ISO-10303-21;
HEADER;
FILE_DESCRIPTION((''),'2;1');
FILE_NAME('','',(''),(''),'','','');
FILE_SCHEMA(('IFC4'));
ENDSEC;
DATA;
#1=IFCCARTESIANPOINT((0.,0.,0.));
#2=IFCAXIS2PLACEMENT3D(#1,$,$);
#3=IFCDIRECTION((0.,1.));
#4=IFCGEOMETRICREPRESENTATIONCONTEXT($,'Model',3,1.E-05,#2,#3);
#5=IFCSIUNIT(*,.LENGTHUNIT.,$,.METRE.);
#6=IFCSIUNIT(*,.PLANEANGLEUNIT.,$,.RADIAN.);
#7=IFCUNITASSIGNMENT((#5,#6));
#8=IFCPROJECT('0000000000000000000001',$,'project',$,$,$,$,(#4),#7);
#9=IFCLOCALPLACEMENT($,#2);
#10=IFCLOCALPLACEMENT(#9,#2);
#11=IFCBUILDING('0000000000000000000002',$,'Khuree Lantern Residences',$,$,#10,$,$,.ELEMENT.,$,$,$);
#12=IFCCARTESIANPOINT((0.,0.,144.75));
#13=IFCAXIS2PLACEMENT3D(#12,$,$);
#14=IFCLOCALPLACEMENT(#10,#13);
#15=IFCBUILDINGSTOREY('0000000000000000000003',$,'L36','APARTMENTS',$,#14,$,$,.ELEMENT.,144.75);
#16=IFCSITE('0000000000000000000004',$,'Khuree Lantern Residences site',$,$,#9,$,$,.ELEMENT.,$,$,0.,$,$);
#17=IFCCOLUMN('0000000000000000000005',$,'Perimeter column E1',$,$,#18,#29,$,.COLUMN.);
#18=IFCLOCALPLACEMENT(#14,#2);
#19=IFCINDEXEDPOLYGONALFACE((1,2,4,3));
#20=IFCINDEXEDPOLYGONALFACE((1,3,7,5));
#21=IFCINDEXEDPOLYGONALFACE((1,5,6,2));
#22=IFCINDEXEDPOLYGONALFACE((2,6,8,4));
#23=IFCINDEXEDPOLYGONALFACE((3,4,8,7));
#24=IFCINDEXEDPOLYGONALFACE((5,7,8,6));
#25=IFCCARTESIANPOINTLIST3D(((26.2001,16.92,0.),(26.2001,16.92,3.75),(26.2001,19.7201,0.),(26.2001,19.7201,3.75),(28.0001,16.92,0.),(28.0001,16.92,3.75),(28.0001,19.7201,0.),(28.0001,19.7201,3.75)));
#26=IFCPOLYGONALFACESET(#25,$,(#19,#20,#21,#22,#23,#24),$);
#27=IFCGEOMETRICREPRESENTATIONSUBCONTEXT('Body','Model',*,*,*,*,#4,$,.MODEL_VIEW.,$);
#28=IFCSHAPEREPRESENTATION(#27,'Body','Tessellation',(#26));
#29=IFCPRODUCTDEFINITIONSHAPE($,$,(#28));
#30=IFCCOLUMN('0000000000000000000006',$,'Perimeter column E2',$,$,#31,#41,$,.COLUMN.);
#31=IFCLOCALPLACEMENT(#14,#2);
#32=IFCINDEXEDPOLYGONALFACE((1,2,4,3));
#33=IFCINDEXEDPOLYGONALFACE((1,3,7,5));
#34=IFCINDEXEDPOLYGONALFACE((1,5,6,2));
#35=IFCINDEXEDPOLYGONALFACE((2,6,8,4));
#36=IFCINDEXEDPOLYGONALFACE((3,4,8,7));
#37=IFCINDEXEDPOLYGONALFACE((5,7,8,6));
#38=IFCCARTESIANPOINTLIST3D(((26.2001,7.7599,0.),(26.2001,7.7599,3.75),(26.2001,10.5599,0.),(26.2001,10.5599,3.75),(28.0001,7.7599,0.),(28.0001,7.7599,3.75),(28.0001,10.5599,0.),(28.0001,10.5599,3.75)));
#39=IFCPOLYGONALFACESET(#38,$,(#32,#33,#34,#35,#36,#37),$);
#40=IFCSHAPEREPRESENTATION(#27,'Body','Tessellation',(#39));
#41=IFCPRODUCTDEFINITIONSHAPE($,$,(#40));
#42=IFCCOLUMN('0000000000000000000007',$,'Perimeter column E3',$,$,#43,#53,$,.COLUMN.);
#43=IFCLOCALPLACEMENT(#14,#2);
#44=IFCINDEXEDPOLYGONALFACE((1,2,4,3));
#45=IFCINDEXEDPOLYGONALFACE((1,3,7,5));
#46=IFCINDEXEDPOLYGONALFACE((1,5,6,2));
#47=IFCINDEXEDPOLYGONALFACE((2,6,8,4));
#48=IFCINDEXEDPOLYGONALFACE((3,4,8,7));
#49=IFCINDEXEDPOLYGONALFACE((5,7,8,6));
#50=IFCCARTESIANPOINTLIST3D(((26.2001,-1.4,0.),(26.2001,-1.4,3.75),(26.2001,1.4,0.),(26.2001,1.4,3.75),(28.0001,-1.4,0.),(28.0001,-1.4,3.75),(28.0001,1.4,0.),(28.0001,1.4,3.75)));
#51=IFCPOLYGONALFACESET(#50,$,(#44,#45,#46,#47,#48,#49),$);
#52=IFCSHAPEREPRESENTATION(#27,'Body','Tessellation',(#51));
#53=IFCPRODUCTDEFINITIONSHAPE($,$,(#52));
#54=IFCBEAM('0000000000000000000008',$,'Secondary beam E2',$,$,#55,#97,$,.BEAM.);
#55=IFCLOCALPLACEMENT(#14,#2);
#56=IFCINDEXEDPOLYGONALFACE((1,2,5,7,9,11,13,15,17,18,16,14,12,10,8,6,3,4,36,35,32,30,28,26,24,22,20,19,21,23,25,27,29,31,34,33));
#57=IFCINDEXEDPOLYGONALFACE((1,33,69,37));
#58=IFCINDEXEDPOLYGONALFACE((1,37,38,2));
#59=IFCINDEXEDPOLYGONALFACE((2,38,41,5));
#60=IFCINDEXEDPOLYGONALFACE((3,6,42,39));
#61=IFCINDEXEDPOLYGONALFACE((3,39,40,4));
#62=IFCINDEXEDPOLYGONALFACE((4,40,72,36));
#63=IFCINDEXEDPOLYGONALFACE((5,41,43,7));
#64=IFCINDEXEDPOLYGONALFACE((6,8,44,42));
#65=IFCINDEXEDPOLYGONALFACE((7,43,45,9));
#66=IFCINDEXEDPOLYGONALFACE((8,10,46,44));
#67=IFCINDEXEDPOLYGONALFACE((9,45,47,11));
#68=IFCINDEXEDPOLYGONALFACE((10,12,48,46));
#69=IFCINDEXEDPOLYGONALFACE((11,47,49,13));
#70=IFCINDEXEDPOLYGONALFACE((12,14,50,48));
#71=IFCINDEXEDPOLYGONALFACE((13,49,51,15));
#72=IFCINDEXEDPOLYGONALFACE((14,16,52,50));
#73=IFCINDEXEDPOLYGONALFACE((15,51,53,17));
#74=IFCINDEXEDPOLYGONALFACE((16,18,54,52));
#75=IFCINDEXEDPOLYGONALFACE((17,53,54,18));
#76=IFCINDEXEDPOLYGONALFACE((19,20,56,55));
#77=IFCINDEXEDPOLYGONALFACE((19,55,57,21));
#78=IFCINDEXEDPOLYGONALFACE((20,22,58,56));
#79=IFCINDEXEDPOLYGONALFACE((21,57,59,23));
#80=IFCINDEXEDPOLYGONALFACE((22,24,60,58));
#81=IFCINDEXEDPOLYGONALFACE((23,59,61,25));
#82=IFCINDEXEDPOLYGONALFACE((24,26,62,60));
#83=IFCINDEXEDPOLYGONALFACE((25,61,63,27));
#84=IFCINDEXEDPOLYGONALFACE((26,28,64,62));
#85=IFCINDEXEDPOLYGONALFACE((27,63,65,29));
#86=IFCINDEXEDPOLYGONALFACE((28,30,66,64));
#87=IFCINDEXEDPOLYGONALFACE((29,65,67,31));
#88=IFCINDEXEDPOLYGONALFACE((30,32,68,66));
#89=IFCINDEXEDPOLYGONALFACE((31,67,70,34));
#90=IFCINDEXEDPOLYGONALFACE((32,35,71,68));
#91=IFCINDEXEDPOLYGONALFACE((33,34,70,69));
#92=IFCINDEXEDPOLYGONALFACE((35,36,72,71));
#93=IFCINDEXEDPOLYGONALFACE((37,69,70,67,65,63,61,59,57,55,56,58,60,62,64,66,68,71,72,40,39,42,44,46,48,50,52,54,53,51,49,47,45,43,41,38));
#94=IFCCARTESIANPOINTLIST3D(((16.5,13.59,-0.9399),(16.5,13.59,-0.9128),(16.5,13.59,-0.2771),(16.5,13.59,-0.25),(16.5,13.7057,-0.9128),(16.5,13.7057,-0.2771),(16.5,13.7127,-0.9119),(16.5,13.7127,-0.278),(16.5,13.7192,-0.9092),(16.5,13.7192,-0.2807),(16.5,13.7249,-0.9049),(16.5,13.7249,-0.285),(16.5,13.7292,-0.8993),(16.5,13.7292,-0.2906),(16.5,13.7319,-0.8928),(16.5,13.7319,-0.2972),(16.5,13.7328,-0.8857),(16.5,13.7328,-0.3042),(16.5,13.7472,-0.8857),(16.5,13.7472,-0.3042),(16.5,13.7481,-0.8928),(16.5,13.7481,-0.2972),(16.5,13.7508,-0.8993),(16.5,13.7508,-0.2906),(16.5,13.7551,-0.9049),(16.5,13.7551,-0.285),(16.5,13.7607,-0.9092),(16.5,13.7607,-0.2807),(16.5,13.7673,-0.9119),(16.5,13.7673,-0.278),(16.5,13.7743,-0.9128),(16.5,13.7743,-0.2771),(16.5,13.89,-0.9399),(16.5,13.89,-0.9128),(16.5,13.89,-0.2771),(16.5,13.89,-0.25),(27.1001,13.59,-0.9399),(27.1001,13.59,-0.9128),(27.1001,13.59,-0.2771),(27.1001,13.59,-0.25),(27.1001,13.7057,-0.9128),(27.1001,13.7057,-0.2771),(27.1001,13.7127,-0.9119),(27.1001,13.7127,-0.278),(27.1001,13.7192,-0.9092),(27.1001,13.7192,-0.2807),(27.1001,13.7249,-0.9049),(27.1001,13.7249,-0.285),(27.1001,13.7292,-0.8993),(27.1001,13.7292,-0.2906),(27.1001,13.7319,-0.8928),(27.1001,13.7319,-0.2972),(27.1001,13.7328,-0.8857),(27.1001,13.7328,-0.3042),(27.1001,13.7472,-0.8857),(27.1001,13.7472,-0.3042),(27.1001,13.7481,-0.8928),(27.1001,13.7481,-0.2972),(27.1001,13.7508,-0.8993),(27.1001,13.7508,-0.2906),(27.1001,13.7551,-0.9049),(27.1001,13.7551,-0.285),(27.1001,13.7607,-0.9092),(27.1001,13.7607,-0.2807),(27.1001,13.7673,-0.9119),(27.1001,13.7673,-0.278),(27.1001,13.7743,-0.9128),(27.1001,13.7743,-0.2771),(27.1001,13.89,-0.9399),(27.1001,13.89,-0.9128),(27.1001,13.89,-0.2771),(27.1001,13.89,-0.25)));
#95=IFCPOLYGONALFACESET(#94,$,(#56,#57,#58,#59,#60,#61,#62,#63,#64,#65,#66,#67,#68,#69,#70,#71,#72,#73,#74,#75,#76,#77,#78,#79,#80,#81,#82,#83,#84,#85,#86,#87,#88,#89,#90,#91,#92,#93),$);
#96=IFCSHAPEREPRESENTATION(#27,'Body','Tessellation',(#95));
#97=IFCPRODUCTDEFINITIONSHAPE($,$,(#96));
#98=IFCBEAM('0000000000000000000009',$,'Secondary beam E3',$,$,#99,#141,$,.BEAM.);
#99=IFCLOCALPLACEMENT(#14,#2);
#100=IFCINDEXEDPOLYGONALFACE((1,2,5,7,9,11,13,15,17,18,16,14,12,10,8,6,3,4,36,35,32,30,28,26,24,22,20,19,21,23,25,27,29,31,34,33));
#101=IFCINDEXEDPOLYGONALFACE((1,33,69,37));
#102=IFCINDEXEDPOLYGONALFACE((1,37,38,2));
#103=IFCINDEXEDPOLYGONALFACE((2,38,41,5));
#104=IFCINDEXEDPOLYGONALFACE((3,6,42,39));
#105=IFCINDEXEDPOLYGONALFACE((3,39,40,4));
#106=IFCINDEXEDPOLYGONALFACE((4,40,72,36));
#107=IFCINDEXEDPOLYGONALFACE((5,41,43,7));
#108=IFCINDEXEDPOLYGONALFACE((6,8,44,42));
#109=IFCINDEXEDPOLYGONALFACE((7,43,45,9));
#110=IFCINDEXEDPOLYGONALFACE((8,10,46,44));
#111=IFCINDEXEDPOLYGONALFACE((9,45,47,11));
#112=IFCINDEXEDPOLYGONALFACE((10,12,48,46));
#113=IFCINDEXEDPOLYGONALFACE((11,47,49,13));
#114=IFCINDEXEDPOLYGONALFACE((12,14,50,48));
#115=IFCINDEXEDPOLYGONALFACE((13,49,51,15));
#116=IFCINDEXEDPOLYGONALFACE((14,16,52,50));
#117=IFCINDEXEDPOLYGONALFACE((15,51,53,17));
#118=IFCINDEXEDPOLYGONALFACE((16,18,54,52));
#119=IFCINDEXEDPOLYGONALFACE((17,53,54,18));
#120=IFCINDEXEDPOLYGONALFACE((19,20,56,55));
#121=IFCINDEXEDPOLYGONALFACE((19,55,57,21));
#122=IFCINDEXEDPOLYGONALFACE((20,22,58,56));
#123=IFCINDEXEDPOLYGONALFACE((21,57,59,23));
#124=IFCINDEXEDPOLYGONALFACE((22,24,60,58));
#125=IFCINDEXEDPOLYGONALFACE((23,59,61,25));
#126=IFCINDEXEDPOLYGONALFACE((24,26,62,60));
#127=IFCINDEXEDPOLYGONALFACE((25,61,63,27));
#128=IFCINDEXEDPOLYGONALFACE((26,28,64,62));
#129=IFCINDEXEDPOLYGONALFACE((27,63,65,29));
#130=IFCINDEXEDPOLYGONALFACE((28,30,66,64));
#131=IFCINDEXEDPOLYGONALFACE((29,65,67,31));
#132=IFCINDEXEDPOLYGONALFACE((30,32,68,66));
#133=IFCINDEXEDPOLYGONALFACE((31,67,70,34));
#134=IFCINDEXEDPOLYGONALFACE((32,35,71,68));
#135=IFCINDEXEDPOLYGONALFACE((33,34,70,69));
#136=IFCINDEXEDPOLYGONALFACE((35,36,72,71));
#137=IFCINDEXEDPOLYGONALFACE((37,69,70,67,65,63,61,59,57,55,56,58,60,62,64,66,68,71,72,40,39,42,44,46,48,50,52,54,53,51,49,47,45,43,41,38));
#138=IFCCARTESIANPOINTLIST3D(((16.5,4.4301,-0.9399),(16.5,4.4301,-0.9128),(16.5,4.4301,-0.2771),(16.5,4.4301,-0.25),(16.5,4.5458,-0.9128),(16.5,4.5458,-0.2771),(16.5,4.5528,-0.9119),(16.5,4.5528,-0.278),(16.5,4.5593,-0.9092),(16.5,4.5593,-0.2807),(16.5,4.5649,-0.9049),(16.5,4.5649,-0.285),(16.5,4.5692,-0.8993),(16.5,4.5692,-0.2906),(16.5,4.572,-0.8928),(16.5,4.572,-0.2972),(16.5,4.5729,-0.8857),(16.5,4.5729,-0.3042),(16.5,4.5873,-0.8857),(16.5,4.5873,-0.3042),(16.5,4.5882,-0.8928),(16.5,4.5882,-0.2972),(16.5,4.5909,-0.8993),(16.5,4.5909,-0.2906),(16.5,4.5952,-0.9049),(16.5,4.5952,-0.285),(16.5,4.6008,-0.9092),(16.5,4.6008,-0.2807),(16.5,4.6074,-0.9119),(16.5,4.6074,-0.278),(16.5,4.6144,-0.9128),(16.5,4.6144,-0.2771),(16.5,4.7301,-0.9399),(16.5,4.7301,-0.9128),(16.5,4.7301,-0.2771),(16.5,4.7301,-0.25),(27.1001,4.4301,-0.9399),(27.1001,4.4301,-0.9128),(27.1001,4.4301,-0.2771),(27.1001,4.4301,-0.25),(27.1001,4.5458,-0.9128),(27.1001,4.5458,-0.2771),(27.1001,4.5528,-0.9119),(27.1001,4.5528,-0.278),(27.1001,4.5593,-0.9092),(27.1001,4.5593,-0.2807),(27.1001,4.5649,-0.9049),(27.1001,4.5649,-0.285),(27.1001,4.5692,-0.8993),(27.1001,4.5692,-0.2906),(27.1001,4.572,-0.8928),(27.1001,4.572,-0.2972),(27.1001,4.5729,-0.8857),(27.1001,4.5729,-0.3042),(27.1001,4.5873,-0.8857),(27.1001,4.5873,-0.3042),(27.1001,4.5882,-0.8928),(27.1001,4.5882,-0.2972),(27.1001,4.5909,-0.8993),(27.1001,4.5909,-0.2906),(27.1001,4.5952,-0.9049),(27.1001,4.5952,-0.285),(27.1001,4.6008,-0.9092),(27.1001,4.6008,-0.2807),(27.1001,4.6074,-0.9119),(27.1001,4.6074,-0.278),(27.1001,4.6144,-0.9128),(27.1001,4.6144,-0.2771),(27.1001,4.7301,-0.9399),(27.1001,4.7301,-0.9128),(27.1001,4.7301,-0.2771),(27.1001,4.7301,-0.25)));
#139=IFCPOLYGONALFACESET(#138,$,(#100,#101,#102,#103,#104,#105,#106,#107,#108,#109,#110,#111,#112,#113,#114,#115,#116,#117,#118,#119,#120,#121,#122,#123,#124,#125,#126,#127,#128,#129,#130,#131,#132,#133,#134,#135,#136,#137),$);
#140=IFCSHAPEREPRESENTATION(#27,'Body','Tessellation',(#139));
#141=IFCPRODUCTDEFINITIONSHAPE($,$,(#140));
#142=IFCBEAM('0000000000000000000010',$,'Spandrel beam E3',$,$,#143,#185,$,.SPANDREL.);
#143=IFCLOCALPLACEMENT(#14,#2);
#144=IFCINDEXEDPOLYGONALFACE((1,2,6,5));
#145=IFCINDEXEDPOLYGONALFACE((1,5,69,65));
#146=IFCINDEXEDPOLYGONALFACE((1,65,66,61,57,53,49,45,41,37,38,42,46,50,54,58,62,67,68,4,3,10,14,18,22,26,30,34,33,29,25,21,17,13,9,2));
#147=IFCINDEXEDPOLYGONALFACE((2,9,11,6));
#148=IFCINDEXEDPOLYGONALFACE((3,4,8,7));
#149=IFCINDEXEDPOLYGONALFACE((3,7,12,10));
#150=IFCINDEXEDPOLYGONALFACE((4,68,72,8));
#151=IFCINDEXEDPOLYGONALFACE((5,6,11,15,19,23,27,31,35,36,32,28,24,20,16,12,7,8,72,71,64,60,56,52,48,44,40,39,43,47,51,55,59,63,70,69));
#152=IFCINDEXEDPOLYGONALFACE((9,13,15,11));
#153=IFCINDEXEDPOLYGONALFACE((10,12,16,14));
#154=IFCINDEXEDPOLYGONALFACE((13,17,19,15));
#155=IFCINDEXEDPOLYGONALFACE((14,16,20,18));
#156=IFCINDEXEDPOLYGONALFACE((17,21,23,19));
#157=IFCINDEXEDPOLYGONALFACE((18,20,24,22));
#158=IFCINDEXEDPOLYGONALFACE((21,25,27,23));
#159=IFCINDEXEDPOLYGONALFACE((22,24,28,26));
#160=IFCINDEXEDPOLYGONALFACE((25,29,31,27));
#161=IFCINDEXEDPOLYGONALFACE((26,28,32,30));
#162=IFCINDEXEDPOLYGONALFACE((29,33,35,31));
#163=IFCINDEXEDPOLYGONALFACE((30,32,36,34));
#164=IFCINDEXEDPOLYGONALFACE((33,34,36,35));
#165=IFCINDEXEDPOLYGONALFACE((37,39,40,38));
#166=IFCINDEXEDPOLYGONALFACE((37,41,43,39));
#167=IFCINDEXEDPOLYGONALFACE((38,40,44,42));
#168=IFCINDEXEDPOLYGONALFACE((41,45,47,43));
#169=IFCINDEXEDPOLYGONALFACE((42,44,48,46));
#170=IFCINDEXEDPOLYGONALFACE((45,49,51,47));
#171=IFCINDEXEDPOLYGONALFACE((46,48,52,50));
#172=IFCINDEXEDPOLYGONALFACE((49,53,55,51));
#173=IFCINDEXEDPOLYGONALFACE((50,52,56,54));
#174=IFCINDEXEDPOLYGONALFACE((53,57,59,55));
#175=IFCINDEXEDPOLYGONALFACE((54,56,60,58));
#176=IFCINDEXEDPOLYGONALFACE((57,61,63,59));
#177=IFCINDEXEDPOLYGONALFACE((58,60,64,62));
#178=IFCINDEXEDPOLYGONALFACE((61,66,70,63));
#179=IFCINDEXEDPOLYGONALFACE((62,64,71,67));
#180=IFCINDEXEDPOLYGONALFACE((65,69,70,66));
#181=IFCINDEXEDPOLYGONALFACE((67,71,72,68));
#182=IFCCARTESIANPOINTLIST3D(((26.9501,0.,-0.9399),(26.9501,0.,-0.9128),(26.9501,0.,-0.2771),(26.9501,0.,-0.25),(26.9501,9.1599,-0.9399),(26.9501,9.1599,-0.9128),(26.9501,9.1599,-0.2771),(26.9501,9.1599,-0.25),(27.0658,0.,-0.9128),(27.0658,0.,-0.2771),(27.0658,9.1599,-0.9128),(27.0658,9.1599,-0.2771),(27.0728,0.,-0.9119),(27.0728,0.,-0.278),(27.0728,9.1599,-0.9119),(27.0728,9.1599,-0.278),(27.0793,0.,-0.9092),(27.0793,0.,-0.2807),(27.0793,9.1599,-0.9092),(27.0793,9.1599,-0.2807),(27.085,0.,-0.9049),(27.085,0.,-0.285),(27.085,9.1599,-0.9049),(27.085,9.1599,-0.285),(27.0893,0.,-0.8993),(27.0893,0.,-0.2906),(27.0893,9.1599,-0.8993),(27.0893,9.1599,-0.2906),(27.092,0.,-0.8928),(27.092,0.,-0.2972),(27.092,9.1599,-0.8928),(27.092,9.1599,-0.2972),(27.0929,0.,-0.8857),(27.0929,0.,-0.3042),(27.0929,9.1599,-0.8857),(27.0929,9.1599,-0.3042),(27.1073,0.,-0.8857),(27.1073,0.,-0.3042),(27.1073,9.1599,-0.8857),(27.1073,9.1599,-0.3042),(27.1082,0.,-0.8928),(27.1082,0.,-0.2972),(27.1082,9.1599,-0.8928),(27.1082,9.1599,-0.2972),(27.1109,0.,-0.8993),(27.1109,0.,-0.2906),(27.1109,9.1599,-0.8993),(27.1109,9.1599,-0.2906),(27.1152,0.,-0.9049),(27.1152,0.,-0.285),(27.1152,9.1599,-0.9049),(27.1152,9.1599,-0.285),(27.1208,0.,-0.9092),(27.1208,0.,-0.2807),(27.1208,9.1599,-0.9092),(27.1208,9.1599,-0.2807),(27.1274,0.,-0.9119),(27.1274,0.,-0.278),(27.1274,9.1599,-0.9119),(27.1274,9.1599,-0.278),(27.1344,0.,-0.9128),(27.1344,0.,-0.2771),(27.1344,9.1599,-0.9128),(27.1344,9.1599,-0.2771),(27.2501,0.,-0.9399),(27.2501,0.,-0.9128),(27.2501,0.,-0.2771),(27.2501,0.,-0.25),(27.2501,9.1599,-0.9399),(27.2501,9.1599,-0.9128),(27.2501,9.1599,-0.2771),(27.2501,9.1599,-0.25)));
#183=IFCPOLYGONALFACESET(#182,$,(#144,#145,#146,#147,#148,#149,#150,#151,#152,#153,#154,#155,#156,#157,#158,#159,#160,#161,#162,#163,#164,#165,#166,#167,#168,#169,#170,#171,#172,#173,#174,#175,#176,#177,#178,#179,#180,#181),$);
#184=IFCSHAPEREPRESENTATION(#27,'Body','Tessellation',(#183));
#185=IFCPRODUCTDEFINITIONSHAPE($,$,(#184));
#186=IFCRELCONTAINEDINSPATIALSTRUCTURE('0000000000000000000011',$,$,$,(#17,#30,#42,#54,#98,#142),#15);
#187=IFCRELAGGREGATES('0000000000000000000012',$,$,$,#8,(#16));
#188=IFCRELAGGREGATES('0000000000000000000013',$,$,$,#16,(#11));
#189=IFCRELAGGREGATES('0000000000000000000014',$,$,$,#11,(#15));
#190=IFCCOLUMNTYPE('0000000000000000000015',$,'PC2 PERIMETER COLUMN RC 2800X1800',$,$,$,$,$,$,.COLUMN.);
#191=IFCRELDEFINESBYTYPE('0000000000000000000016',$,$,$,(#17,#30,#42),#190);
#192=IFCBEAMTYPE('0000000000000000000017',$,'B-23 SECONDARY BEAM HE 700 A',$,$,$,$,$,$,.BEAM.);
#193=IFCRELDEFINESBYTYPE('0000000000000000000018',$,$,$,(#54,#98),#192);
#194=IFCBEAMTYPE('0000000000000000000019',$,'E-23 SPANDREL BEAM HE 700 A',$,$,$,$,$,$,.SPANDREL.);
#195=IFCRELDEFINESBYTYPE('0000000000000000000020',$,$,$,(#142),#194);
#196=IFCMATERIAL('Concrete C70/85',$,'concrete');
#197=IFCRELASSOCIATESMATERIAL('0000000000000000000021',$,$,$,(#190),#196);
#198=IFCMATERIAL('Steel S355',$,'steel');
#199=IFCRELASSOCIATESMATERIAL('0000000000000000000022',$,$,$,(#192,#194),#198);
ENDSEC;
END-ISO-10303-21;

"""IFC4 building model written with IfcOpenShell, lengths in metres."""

from ifc_helpers import new_model, si_unit, direction, frame, origin, origin_2d, place, context, subcontext, project, spatial, rectangle, i_section, extrude, material, material_profile, profile_set, type_object, element, save


model = new_model("IFC4")

# Units and contexts
model_context = context("Model", 3, precision=1e-05, world=origin(), true_north=direction((0.0, 1.0)))
body_context = subcontext(model_context, "Body", "Model", "MODEL_VIEW")
ifc_project = project(units=[si_unit("LENGTHUNIT", "METRE"), si_unit("PLANEANGLEUNIT", "RADIAN")], contexts=[model_context])

# Site, building, storey
site_placement = place(None, origin())
site = spatial("IfcSite", under=ifc_project, at=site_placement, Name="Khuree Lantern Residences site", CompositionType="ELEMENT", RefElevation=0.0)
building_placement = place(site_placement, origin())
building = spatial("IfcBuilding", under=site, at=building_placement, Name="Khuree Lantern Residences", CompositionType="ELEMENT")
storey_placement = place(building_placement, frame((0.0, 0.0, 144.75)))
storey = spatial("IfcBuildingStorey", under=building, at=storey_placement, Name="L36", Description="APARTMENTS", CompositionType="ELEMENT", Elevation=144.75)

# Columns
ifc_material_1 = material(Name="Concrete C70/85", Category="concrete")
ifc_material_profile_1 = material_profile(ifc_material_1, rectangle(XDim=2.8, YDim=1.8, at=origin_2d()), Name="RC 2800X1800")
ifc_profile_set_1 = profile_set([ifc_material_profile_1], Name="Concrete C70/85")
column_type = type_object("IfcColumnType", Name="PC2 PERIMETER COLUMN RC 2800X1800", PredefinedType="COLUMN", material=ifc_profile_set_1)
for number, where, z_axis, x_axis, name in (
    (1, (27.1001, 18.3201, 0.0), (0.0, 0.0, 1.0), (0.0, 1.0, 0.0), "Perimeter column E1"),
    (2, (27.1001, 9.1599, 0.0), (0.0, 0.0, 1.0), (0.0, 1.0, 0.0), "Perimeter column E2"),
    (3, (27.1001, 0.0, 0.0), (0.0, 0.0, 1.0), (0.0, 1.0, 0.0), "Perimeter column E3"),
):
    element("IfcColumn", number, at=place(storey_placement, frame(where, z_axis=z_axis, x_axis=x_axis)), inside=storey, type_object=column_type, Name=name, PredefinedType="COLUMN", context=body_context, shape_type="SweptSolid", body=[
        extrude(rectangle(XDim=2.8, YDim=1.8, at=origin_2d()), origin(), (0.0, 0.0, 1.0), 3.75),
    ])

# Beams
ifc_material_2 = material(Name="Steel S355", Category="steel")
ifc_material_profile_2 = material_profile(ifc_material_2, i_section(OverallWidth=0.3, OverallDepth=0.6899, WebThickness=0.0144, FlangeThickness=0.0271, FilletRadius=0.0271, at=origin_2d()), Name="HE 700 A")
ifc_profile_set_2 = profile_set([ifc_material_profile_2], Name="Steel S355")
beam_type_1 = type_object("IfcBeamType", Name="B-23 SECONDARY BEAM HE 700 A", PredefinedType="BEAM", material=ifc_profile_set_2)
for number, where, z_axis, x_axis, name in (
    (4, (27.1001, 13.74, -0.595), (-1.0, 0.0, 0.0), (0.0, -1.0, 0.0), "Secondary beam E2"),
    (5, (27.1001, 4.5801, -0.595), (-1.0, 0.0, 0.0), (0.0, -1.0, 0.0), "Secondary beam E3"),
):
    element("IfcBeam", number, at=place(storey_placement, frame(where, z_axis=z_axis, x_axis=x_axis)), inside=storey, type_object=beam_type_1, Name=name, PredefinedType="BEAM", context=body_context, shape_type="SweptSolid", body=[
        extrude(i_section(OverallWidth=0.3, OverallDepth=0.6899, WebThickness=0.0144, FlangeThickness=0.0271, FilletRadius=0.0271, at=origin_2d()), origin(), (0.0, 0.0, 1.0), 10.6001),
    ])
ifc_material_profile_3 = material_profile(ifc_material_2, i_section(OverallWidth=0.3, OverallDepth=0.6899, WebThickness=0.0144, FlangeThickness=0.0271, FilletRadius=0.0271, at=origin_2d()), Name="HE 700 A")
ifc_profile_set_3 = profile_set([ifc_material_profile_3], Name="Steel S355")
beam_type_2 = type_object("IfcBeamType", Name="E-23 SPANDREL BEAM HE 700 A", PredefinedType="SPANDREL", material=ifc_profile_set_3)
for number, where, z_axis, x_axis, name in (
    (6, (27.1001, 9.1599, -0.595), (0.0, -1.0, 0.0), (1.0, 0.0, 0.0), "Spandrel beam E3"),
):
    element("IfcBeam", number, at=place(storey_placement, frame(where, z_axis=z_axis, x_axis=x_axis)), inside=storey, type_object=beam_type_2, Name=name, PredefinedType="SPANDREL", context=body_context, shape_type="SweptSolid", body=[
        extrude(i_section(OverallWidth=0.3, OverallDepth=0.6899, WebThickness=0.0144, FlangeThickness=0.0271, FilletRadius=0.0271, at=origin_2d()), origin(), (0.0, 0.0, 1.0), 9.1599),
    ])

save(model, "model.ifc")
